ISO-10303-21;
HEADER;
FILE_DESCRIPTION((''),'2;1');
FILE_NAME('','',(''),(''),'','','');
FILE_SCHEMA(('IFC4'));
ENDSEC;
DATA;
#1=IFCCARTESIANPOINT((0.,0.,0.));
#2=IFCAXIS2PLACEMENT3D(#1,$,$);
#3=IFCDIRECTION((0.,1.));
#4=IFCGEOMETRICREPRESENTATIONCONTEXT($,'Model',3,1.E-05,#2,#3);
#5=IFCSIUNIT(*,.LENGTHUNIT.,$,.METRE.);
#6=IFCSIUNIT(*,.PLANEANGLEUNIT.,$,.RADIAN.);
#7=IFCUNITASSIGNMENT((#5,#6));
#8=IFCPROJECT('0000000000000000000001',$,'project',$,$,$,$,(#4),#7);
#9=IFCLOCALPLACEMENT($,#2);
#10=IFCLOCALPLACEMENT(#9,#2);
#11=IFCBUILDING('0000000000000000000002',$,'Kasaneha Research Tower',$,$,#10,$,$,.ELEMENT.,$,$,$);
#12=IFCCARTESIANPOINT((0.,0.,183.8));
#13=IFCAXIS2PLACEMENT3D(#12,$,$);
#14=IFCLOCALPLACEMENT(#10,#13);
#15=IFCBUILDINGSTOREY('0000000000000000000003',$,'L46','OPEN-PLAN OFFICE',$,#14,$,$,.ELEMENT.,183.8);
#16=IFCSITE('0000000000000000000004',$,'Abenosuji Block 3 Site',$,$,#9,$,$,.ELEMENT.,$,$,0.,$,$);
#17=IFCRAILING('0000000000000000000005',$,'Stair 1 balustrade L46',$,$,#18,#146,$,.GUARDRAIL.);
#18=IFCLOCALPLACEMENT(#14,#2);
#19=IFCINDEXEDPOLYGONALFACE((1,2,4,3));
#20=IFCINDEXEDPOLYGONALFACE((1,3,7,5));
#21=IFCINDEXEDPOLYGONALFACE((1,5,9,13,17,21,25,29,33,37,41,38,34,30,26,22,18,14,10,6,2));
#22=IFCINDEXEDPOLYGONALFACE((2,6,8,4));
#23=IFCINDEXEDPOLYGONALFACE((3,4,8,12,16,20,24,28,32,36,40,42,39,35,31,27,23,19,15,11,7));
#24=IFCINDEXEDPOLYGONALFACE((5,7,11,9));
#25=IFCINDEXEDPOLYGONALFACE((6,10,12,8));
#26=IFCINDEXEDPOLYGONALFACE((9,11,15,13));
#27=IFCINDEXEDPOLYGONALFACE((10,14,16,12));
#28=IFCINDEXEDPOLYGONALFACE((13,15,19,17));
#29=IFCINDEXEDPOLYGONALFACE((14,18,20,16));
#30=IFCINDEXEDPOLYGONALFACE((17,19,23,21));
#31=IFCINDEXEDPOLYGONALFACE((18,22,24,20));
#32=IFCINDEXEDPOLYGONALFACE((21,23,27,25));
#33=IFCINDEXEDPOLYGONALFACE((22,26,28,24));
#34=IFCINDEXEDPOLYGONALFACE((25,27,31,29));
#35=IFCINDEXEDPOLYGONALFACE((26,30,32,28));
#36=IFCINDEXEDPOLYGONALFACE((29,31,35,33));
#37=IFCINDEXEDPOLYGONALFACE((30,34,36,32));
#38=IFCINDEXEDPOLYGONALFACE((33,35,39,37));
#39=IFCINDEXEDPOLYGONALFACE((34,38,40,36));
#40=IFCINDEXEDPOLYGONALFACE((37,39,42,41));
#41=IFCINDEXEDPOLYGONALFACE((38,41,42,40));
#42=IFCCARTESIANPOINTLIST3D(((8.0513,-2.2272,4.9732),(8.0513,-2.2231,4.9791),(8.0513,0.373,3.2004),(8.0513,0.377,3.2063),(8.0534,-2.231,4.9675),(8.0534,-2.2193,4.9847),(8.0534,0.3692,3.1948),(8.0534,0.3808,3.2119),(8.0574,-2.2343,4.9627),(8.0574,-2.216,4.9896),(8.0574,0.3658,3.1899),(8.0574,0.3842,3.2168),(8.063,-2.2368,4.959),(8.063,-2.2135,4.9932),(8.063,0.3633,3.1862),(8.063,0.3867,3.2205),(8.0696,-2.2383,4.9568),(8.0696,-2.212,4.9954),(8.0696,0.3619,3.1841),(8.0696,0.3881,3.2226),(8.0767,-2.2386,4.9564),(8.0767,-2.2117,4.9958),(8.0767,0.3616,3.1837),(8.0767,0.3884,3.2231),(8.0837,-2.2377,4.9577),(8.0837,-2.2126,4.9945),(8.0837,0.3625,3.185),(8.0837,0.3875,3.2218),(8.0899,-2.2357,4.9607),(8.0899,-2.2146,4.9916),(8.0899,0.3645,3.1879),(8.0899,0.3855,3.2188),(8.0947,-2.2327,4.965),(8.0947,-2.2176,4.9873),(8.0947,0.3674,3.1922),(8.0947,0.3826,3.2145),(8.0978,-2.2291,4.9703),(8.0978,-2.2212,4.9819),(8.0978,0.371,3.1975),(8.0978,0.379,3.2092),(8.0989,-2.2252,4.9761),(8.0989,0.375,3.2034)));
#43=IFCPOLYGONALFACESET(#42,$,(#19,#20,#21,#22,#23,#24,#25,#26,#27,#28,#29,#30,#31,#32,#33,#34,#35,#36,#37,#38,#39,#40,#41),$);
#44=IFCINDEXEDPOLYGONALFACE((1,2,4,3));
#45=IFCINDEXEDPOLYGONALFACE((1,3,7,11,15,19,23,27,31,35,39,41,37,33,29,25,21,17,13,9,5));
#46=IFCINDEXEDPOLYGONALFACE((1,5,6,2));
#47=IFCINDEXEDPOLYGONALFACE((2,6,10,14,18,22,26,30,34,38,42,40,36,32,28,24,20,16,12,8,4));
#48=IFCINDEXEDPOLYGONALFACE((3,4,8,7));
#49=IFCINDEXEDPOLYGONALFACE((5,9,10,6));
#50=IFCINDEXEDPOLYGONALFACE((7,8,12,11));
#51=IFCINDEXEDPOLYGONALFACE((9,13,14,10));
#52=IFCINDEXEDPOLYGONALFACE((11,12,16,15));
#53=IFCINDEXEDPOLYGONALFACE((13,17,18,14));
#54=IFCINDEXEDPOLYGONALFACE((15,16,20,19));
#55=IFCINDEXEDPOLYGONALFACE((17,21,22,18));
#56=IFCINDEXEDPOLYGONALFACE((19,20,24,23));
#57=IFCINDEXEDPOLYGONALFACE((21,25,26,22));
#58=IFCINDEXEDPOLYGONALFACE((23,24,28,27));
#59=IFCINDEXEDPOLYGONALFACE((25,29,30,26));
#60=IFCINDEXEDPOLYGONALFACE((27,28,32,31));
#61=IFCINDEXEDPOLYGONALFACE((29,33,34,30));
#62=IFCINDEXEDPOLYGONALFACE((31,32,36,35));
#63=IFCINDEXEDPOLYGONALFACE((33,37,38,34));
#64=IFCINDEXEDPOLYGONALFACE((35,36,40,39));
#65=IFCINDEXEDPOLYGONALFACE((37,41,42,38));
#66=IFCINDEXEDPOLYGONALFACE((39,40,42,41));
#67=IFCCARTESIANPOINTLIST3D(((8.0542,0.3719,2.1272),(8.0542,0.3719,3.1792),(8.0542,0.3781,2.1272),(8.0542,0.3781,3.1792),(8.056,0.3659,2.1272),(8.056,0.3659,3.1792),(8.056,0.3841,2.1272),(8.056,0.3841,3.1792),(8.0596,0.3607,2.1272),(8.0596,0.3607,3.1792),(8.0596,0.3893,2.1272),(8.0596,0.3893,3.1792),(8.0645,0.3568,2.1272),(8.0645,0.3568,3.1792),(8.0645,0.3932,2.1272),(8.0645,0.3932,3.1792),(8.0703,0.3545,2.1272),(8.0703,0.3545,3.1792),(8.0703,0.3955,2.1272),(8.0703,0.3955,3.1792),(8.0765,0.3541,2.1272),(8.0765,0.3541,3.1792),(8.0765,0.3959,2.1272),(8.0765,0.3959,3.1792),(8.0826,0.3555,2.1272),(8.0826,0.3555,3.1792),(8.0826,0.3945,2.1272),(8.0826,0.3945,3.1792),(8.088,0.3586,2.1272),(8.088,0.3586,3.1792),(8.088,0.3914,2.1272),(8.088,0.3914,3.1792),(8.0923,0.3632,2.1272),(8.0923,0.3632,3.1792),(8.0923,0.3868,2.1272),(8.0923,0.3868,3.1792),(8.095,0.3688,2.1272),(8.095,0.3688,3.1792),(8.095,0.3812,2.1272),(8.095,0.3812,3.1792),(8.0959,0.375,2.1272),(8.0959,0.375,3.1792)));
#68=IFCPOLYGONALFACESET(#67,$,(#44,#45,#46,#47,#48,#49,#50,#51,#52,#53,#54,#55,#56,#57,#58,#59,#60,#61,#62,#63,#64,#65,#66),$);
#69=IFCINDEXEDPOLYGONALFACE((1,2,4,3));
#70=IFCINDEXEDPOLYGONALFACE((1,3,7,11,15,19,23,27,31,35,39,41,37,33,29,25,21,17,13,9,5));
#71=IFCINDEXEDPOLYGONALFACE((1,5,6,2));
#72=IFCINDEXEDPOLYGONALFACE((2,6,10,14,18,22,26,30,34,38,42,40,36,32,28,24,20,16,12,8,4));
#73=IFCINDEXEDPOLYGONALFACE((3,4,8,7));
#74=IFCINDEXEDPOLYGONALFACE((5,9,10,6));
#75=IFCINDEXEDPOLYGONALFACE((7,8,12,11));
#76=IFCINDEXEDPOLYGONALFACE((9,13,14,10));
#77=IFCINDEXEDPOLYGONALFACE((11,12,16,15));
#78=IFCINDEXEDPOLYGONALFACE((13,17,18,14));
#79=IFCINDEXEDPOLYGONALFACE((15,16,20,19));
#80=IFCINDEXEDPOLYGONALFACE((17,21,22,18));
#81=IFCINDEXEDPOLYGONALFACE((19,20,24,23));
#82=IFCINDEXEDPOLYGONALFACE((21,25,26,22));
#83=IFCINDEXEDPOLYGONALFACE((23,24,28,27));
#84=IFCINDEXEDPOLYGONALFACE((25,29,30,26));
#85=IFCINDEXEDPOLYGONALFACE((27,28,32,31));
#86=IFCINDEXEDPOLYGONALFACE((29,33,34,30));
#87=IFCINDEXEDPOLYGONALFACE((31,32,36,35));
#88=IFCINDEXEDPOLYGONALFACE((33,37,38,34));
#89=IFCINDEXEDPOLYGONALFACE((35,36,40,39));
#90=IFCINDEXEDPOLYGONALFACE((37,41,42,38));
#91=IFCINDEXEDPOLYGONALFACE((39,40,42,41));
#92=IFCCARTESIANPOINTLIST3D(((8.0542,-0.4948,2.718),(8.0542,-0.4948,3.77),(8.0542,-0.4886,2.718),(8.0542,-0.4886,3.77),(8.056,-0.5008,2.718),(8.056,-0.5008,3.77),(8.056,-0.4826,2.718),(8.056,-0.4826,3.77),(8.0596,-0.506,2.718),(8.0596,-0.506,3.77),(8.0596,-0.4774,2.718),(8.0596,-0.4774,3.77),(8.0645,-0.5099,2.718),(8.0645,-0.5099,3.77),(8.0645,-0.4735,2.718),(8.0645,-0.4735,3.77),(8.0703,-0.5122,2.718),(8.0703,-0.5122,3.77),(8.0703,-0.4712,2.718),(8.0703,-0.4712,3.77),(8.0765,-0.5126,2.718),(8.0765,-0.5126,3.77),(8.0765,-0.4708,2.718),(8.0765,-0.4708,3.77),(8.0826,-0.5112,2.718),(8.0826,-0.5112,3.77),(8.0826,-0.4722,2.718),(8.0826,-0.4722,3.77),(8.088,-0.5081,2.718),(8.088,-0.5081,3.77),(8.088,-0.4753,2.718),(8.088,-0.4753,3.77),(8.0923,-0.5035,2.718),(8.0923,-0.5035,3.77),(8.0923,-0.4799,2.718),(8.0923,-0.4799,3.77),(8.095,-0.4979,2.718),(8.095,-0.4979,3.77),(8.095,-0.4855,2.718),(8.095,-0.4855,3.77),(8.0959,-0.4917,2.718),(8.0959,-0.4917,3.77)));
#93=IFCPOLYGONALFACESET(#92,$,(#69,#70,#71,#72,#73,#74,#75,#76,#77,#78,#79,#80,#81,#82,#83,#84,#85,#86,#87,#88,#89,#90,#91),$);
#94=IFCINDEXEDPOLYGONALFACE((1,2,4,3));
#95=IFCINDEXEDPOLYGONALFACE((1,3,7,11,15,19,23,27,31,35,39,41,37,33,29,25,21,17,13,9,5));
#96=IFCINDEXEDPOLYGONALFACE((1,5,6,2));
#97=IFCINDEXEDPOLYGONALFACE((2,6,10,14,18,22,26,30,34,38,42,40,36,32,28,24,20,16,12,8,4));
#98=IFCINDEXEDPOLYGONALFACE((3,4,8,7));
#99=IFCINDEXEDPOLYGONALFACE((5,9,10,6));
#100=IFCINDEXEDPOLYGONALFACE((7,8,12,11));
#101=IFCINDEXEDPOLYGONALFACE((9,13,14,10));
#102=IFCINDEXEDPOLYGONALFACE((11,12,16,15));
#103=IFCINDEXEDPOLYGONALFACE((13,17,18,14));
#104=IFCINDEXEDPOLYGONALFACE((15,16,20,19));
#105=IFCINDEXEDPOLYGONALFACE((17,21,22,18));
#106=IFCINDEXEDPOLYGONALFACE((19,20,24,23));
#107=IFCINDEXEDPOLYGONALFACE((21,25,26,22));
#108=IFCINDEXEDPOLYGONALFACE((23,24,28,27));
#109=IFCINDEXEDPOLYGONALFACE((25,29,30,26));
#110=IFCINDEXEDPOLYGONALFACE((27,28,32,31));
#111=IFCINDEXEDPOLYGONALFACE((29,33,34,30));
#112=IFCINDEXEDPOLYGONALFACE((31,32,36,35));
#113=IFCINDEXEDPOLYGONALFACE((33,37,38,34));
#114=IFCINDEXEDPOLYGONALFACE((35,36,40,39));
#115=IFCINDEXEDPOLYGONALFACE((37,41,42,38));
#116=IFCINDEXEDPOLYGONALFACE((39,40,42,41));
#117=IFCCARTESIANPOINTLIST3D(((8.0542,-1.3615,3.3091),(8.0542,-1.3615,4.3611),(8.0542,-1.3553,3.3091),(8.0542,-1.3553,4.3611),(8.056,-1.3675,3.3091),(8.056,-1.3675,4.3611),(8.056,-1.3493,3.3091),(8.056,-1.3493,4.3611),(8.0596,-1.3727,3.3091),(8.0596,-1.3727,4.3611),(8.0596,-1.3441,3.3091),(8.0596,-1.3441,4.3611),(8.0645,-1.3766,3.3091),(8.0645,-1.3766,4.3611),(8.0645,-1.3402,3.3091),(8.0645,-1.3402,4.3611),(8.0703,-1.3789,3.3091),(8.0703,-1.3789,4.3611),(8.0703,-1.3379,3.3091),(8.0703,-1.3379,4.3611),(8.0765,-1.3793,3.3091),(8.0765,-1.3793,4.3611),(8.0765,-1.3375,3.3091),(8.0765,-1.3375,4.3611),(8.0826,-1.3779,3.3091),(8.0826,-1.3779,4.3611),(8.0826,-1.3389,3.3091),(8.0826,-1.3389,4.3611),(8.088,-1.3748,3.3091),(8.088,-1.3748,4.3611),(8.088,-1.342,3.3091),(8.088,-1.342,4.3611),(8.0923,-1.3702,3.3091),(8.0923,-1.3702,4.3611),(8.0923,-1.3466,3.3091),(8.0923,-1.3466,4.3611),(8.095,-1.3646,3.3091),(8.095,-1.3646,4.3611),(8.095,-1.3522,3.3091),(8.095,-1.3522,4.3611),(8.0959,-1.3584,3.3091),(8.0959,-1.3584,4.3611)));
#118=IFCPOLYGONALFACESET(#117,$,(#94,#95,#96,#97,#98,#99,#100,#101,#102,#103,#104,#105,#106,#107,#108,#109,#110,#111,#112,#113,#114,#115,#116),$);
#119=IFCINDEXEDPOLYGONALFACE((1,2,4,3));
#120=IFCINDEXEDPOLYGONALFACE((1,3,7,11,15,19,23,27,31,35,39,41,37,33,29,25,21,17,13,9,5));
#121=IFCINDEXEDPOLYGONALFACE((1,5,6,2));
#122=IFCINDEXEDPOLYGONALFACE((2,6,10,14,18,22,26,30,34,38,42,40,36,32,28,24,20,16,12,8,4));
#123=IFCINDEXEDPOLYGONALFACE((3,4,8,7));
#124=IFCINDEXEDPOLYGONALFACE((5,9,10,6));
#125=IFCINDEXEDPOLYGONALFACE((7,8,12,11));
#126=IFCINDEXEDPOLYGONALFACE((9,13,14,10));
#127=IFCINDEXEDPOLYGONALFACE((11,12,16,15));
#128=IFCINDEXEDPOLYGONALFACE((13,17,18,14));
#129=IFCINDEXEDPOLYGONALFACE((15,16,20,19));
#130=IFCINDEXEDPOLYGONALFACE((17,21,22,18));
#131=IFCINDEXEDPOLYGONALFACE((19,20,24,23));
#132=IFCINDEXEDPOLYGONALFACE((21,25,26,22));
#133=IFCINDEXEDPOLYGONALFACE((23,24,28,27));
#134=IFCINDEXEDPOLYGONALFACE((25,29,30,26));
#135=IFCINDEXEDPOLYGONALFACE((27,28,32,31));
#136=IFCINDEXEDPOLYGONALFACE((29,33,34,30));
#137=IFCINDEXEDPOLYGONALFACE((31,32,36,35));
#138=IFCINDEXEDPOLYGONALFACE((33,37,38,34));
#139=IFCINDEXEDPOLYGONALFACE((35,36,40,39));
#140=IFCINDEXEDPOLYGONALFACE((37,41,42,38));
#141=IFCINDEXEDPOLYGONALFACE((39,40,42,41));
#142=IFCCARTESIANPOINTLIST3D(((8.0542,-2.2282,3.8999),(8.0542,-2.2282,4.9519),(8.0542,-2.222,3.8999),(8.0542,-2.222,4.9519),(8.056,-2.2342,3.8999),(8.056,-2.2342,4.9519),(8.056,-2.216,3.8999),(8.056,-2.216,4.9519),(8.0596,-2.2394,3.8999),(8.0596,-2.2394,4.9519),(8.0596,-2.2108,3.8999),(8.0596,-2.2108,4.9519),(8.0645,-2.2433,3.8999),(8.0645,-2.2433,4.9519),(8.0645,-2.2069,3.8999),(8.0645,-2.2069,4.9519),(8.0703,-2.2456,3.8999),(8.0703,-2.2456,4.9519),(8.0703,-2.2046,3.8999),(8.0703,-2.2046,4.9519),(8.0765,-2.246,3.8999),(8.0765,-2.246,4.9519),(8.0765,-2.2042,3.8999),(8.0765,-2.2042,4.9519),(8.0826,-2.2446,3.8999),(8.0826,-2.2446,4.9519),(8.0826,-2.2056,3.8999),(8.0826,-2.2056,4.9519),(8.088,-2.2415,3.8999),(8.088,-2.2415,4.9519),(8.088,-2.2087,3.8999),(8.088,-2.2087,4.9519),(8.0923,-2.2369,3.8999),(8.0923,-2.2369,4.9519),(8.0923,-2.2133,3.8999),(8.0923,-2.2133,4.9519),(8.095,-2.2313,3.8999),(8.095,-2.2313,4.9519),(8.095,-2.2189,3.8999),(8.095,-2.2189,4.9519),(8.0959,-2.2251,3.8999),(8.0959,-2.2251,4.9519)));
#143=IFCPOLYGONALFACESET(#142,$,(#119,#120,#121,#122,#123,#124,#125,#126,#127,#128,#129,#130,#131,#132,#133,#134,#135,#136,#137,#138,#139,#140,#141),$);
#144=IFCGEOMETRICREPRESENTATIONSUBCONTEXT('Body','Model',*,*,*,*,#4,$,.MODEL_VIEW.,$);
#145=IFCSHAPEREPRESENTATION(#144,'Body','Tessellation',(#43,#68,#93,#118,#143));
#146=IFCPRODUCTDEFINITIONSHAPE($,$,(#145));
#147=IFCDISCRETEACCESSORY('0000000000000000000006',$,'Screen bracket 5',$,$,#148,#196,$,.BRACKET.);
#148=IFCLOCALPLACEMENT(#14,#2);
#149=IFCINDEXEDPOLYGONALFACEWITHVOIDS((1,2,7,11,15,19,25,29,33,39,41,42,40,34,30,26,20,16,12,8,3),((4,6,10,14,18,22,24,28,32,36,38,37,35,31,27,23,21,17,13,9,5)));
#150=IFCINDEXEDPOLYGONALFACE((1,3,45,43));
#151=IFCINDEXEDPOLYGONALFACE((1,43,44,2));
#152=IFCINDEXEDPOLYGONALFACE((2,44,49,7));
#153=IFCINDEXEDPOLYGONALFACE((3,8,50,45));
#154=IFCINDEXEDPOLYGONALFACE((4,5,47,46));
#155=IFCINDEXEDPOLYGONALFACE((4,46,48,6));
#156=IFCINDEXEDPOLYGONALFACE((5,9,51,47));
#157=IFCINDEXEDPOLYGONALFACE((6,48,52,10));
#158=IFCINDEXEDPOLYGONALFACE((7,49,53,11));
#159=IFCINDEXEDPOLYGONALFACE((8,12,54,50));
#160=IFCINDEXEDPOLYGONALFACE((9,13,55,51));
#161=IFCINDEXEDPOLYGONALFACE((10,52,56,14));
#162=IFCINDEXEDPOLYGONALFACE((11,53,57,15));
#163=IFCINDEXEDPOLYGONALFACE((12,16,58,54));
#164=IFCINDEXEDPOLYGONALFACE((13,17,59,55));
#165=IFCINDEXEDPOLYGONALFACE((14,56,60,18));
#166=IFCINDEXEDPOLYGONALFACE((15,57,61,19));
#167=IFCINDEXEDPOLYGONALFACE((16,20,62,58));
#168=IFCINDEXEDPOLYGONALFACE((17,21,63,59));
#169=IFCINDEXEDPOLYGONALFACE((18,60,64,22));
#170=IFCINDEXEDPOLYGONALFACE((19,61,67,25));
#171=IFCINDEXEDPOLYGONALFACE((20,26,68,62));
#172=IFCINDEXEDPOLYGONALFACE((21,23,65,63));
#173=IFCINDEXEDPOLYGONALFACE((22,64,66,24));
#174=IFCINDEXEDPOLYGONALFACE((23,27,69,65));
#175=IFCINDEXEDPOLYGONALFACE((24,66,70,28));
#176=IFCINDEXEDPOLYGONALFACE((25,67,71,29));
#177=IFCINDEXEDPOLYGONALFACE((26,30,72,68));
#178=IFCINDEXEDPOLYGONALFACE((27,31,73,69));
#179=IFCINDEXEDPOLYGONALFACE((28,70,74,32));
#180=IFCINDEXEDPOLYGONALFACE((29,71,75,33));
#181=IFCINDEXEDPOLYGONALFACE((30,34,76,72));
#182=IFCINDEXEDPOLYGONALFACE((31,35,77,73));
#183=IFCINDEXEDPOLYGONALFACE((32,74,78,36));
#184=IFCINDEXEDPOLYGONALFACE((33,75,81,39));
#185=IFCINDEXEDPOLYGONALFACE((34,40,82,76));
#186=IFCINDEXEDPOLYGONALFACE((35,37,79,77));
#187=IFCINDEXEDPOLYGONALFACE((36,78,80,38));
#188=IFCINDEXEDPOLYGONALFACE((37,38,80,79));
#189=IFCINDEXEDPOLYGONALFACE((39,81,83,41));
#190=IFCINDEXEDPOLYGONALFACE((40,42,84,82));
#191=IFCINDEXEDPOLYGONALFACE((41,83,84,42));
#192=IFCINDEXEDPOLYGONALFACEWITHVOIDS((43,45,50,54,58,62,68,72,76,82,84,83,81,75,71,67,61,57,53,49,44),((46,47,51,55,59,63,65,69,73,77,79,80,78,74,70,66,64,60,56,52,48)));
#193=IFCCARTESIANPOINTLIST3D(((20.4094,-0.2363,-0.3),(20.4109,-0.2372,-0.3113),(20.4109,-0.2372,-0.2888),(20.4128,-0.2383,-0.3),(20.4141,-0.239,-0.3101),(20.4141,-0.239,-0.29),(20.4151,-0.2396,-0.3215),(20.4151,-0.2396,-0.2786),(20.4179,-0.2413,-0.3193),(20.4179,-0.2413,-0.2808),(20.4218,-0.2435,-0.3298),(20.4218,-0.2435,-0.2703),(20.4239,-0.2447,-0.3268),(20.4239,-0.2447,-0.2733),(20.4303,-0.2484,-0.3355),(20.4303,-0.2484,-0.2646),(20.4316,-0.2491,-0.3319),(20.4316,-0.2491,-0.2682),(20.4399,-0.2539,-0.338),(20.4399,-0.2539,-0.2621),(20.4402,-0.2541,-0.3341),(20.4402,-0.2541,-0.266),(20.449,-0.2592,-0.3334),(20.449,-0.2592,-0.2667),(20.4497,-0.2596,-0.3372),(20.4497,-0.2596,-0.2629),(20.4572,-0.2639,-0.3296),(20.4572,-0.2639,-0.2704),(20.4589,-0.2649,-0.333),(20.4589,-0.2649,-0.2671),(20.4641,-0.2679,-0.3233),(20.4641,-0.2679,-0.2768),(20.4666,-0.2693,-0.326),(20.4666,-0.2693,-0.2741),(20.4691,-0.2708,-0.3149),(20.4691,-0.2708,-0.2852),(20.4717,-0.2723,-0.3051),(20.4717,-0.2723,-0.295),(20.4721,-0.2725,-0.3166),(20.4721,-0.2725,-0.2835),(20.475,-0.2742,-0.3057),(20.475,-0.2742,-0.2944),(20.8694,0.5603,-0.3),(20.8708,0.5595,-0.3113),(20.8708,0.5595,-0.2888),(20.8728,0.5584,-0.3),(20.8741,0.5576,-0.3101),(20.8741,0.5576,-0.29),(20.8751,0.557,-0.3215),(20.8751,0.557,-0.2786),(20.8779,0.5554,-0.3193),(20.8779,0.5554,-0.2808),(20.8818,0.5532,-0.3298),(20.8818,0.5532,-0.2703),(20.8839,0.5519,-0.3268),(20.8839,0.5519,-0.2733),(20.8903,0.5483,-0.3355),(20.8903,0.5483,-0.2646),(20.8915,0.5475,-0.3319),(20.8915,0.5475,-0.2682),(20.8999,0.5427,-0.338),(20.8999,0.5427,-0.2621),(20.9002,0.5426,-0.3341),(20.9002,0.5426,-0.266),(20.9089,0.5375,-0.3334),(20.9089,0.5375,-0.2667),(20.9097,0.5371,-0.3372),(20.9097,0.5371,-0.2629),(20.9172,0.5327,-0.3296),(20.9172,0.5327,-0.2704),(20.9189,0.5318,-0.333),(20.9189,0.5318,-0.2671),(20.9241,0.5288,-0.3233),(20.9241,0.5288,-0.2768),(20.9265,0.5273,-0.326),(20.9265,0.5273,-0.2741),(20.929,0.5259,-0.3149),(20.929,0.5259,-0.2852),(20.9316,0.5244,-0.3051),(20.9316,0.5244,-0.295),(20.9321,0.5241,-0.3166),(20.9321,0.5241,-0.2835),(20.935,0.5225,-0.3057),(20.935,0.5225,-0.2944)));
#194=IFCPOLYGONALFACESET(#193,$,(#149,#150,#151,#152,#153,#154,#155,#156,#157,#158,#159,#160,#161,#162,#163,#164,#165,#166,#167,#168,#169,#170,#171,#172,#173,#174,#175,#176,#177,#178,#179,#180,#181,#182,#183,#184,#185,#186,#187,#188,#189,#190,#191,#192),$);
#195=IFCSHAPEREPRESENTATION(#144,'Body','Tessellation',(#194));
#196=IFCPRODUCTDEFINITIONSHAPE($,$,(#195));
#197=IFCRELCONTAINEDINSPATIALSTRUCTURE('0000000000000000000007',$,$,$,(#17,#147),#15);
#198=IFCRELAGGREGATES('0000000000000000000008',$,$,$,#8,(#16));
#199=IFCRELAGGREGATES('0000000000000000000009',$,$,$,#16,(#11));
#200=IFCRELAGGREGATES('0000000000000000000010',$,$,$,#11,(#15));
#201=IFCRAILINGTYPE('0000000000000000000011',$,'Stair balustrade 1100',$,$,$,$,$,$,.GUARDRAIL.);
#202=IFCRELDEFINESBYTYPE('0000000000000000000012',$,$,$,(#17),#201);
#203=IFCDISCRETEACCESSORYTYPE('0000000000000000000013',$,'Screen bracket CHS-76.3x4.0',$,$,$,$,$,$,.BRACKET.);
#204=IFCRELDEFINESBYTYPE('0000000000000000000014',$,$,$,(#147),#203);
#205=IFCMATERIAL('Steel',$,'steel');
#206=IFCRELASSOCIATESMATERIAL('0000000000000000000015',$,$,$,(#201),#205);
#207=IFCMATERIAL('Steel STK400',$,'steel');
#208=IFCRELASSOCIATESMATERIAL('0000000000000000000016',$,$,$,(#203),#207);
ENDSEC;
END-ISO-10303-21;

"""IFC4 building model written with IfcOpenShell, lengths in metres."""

from ifc_helpers import new_model, si_unit, direction, frame, origin, origin_2d, place, context, subcontext, project, spatial, circle, hollow_circle, extrude, material, material_profile, profile_set, type_object, element, save


model = new_model("IFC4")

# Units and contexts
model_context = context("Model", 3, precision=1e-05, world=origin(), true_north=direction((0.0, 1.0)))
body_context = subcontext(model_context, "Body", "Model", "MODEL_VIEW")
ifc_project = project(units=[si_unit("LENGTHUNIT", "METRE"), si_unit("PLANEANGLEUNIT", "RADIAN")], contexts=[model_context])

# Site, building, storey
site_placement = place(None, origin())
site = spatial("IfcSite", under=ifc_project, at=site_placement, Name="Abenosuji Block 3 Site", CompositionType="ELEMENT", RefElevation=0.0)
building_placement = place(site_placement, origin())
building = spatial("IfcBuilding", under=site, at=building_placement, Name="Kasaneha Research Tower", CompositionType="ELEMENT")
storey_placement = place(building_placement, frame((0.0, 0.0, 183.8)))
storey = spatial("IfcBuildingStorey", under=building, at=storey_placement, Name="L46", Description="OPEN-PLAN OFFICE", CompositionType="ELEMENT", Elevation=183.8)

# Railing
ifc_material_1 = material(Name="Steel", Category="steel")
railing_type = type_object("IfcRailingType", Name="Stair balustrade 1100", PredefinedType="GUARDRAIL", material=ifc_material_1)
railing_placement = place(storey_placement, frame((8.075, 0.375, 2.1272)))
element("IfcRailing", 1, at=railing_placement, inside=storey, type_object=railing_type, Name="Stair 1 balustrade L46", PredefinedType="GUARDRAIL", context=body_context, shape_type="SweptSolid", body=[
    extrude(circle(Radius=0.0239, at=origin_2d()), frame((0.0, 0.0, 1.0762), z_axis=(0.0, -0.82624, 0.563318), x_axis=(1.0, 0.0, 0.0)), (0.0, 0.0, 1.0), 3.147),
    extrude(circle(Radius=0.021, at=origin_2d()), origin(), (0.0, 0.0, 1.0), 1.052),
    extrude(circle(Radius=0.021, at=origin_2d()), frame((0.0, -0.8667, 0.5908)), (0.0, 0.0, 1.0), 1.052),
    extrude(circle(Radius=0.021, at=origin_2d()), frame((0.0, -1.7334, 1.1819)), (0.0, 0.0, 1.0), 1.052),
    extrude(circle(Radius=0.021, at=origin_2d()), frame((0.0, -2.6001, 1.7727)), (0.0, 0.0, 1.0), 1.052),
])

# Discrete accessory
ifc_material_2 = material(Name="Steel STK400", Category="steel")
ifc_material_profile_1 = material_profile(ifc_material_2, hollow_circle(Radius=0.0381, WallThickness=0.0039, at=origin_2d()), Name="CHS-76.3x4.0")
ifc_profile_set_1 = profile_set([ifc_material_profile_1], Name="Steel STK400")
discrete_accessory_type = type_object("IfcDiscreteAccessoryType", Name="Screen bracket CHS-76.3x4.0", PredefinedType="BRACKET", material=ifc_profile_set_1)
for number, where, z_axis, x_axis, name in (
    (2, (20.4424, -0.2554, -0.3), (0.500021, 0.866013, 0.0), (-0.866013, 0.500021, 0.0), "Screen bracket 5"),
):
    element("IfcDiscreteAccessory", number, at=place(storey_placement, frame(where, z_axis=z_axis, x_axis=x_axis)), inside=storey, type_object=discrete_accessory_type, Name=name, PredefinedType="BRACKET", context=body_context, shape_type="SweptSolid", body=[
        extrude(hollow_circle(Radius=0.0381, WallThickness=0.0039, at=origin_2d()), origin(), (0.0, 0.0, 1.0), 0.9199),
    ])

save(model, "model.ifc")
